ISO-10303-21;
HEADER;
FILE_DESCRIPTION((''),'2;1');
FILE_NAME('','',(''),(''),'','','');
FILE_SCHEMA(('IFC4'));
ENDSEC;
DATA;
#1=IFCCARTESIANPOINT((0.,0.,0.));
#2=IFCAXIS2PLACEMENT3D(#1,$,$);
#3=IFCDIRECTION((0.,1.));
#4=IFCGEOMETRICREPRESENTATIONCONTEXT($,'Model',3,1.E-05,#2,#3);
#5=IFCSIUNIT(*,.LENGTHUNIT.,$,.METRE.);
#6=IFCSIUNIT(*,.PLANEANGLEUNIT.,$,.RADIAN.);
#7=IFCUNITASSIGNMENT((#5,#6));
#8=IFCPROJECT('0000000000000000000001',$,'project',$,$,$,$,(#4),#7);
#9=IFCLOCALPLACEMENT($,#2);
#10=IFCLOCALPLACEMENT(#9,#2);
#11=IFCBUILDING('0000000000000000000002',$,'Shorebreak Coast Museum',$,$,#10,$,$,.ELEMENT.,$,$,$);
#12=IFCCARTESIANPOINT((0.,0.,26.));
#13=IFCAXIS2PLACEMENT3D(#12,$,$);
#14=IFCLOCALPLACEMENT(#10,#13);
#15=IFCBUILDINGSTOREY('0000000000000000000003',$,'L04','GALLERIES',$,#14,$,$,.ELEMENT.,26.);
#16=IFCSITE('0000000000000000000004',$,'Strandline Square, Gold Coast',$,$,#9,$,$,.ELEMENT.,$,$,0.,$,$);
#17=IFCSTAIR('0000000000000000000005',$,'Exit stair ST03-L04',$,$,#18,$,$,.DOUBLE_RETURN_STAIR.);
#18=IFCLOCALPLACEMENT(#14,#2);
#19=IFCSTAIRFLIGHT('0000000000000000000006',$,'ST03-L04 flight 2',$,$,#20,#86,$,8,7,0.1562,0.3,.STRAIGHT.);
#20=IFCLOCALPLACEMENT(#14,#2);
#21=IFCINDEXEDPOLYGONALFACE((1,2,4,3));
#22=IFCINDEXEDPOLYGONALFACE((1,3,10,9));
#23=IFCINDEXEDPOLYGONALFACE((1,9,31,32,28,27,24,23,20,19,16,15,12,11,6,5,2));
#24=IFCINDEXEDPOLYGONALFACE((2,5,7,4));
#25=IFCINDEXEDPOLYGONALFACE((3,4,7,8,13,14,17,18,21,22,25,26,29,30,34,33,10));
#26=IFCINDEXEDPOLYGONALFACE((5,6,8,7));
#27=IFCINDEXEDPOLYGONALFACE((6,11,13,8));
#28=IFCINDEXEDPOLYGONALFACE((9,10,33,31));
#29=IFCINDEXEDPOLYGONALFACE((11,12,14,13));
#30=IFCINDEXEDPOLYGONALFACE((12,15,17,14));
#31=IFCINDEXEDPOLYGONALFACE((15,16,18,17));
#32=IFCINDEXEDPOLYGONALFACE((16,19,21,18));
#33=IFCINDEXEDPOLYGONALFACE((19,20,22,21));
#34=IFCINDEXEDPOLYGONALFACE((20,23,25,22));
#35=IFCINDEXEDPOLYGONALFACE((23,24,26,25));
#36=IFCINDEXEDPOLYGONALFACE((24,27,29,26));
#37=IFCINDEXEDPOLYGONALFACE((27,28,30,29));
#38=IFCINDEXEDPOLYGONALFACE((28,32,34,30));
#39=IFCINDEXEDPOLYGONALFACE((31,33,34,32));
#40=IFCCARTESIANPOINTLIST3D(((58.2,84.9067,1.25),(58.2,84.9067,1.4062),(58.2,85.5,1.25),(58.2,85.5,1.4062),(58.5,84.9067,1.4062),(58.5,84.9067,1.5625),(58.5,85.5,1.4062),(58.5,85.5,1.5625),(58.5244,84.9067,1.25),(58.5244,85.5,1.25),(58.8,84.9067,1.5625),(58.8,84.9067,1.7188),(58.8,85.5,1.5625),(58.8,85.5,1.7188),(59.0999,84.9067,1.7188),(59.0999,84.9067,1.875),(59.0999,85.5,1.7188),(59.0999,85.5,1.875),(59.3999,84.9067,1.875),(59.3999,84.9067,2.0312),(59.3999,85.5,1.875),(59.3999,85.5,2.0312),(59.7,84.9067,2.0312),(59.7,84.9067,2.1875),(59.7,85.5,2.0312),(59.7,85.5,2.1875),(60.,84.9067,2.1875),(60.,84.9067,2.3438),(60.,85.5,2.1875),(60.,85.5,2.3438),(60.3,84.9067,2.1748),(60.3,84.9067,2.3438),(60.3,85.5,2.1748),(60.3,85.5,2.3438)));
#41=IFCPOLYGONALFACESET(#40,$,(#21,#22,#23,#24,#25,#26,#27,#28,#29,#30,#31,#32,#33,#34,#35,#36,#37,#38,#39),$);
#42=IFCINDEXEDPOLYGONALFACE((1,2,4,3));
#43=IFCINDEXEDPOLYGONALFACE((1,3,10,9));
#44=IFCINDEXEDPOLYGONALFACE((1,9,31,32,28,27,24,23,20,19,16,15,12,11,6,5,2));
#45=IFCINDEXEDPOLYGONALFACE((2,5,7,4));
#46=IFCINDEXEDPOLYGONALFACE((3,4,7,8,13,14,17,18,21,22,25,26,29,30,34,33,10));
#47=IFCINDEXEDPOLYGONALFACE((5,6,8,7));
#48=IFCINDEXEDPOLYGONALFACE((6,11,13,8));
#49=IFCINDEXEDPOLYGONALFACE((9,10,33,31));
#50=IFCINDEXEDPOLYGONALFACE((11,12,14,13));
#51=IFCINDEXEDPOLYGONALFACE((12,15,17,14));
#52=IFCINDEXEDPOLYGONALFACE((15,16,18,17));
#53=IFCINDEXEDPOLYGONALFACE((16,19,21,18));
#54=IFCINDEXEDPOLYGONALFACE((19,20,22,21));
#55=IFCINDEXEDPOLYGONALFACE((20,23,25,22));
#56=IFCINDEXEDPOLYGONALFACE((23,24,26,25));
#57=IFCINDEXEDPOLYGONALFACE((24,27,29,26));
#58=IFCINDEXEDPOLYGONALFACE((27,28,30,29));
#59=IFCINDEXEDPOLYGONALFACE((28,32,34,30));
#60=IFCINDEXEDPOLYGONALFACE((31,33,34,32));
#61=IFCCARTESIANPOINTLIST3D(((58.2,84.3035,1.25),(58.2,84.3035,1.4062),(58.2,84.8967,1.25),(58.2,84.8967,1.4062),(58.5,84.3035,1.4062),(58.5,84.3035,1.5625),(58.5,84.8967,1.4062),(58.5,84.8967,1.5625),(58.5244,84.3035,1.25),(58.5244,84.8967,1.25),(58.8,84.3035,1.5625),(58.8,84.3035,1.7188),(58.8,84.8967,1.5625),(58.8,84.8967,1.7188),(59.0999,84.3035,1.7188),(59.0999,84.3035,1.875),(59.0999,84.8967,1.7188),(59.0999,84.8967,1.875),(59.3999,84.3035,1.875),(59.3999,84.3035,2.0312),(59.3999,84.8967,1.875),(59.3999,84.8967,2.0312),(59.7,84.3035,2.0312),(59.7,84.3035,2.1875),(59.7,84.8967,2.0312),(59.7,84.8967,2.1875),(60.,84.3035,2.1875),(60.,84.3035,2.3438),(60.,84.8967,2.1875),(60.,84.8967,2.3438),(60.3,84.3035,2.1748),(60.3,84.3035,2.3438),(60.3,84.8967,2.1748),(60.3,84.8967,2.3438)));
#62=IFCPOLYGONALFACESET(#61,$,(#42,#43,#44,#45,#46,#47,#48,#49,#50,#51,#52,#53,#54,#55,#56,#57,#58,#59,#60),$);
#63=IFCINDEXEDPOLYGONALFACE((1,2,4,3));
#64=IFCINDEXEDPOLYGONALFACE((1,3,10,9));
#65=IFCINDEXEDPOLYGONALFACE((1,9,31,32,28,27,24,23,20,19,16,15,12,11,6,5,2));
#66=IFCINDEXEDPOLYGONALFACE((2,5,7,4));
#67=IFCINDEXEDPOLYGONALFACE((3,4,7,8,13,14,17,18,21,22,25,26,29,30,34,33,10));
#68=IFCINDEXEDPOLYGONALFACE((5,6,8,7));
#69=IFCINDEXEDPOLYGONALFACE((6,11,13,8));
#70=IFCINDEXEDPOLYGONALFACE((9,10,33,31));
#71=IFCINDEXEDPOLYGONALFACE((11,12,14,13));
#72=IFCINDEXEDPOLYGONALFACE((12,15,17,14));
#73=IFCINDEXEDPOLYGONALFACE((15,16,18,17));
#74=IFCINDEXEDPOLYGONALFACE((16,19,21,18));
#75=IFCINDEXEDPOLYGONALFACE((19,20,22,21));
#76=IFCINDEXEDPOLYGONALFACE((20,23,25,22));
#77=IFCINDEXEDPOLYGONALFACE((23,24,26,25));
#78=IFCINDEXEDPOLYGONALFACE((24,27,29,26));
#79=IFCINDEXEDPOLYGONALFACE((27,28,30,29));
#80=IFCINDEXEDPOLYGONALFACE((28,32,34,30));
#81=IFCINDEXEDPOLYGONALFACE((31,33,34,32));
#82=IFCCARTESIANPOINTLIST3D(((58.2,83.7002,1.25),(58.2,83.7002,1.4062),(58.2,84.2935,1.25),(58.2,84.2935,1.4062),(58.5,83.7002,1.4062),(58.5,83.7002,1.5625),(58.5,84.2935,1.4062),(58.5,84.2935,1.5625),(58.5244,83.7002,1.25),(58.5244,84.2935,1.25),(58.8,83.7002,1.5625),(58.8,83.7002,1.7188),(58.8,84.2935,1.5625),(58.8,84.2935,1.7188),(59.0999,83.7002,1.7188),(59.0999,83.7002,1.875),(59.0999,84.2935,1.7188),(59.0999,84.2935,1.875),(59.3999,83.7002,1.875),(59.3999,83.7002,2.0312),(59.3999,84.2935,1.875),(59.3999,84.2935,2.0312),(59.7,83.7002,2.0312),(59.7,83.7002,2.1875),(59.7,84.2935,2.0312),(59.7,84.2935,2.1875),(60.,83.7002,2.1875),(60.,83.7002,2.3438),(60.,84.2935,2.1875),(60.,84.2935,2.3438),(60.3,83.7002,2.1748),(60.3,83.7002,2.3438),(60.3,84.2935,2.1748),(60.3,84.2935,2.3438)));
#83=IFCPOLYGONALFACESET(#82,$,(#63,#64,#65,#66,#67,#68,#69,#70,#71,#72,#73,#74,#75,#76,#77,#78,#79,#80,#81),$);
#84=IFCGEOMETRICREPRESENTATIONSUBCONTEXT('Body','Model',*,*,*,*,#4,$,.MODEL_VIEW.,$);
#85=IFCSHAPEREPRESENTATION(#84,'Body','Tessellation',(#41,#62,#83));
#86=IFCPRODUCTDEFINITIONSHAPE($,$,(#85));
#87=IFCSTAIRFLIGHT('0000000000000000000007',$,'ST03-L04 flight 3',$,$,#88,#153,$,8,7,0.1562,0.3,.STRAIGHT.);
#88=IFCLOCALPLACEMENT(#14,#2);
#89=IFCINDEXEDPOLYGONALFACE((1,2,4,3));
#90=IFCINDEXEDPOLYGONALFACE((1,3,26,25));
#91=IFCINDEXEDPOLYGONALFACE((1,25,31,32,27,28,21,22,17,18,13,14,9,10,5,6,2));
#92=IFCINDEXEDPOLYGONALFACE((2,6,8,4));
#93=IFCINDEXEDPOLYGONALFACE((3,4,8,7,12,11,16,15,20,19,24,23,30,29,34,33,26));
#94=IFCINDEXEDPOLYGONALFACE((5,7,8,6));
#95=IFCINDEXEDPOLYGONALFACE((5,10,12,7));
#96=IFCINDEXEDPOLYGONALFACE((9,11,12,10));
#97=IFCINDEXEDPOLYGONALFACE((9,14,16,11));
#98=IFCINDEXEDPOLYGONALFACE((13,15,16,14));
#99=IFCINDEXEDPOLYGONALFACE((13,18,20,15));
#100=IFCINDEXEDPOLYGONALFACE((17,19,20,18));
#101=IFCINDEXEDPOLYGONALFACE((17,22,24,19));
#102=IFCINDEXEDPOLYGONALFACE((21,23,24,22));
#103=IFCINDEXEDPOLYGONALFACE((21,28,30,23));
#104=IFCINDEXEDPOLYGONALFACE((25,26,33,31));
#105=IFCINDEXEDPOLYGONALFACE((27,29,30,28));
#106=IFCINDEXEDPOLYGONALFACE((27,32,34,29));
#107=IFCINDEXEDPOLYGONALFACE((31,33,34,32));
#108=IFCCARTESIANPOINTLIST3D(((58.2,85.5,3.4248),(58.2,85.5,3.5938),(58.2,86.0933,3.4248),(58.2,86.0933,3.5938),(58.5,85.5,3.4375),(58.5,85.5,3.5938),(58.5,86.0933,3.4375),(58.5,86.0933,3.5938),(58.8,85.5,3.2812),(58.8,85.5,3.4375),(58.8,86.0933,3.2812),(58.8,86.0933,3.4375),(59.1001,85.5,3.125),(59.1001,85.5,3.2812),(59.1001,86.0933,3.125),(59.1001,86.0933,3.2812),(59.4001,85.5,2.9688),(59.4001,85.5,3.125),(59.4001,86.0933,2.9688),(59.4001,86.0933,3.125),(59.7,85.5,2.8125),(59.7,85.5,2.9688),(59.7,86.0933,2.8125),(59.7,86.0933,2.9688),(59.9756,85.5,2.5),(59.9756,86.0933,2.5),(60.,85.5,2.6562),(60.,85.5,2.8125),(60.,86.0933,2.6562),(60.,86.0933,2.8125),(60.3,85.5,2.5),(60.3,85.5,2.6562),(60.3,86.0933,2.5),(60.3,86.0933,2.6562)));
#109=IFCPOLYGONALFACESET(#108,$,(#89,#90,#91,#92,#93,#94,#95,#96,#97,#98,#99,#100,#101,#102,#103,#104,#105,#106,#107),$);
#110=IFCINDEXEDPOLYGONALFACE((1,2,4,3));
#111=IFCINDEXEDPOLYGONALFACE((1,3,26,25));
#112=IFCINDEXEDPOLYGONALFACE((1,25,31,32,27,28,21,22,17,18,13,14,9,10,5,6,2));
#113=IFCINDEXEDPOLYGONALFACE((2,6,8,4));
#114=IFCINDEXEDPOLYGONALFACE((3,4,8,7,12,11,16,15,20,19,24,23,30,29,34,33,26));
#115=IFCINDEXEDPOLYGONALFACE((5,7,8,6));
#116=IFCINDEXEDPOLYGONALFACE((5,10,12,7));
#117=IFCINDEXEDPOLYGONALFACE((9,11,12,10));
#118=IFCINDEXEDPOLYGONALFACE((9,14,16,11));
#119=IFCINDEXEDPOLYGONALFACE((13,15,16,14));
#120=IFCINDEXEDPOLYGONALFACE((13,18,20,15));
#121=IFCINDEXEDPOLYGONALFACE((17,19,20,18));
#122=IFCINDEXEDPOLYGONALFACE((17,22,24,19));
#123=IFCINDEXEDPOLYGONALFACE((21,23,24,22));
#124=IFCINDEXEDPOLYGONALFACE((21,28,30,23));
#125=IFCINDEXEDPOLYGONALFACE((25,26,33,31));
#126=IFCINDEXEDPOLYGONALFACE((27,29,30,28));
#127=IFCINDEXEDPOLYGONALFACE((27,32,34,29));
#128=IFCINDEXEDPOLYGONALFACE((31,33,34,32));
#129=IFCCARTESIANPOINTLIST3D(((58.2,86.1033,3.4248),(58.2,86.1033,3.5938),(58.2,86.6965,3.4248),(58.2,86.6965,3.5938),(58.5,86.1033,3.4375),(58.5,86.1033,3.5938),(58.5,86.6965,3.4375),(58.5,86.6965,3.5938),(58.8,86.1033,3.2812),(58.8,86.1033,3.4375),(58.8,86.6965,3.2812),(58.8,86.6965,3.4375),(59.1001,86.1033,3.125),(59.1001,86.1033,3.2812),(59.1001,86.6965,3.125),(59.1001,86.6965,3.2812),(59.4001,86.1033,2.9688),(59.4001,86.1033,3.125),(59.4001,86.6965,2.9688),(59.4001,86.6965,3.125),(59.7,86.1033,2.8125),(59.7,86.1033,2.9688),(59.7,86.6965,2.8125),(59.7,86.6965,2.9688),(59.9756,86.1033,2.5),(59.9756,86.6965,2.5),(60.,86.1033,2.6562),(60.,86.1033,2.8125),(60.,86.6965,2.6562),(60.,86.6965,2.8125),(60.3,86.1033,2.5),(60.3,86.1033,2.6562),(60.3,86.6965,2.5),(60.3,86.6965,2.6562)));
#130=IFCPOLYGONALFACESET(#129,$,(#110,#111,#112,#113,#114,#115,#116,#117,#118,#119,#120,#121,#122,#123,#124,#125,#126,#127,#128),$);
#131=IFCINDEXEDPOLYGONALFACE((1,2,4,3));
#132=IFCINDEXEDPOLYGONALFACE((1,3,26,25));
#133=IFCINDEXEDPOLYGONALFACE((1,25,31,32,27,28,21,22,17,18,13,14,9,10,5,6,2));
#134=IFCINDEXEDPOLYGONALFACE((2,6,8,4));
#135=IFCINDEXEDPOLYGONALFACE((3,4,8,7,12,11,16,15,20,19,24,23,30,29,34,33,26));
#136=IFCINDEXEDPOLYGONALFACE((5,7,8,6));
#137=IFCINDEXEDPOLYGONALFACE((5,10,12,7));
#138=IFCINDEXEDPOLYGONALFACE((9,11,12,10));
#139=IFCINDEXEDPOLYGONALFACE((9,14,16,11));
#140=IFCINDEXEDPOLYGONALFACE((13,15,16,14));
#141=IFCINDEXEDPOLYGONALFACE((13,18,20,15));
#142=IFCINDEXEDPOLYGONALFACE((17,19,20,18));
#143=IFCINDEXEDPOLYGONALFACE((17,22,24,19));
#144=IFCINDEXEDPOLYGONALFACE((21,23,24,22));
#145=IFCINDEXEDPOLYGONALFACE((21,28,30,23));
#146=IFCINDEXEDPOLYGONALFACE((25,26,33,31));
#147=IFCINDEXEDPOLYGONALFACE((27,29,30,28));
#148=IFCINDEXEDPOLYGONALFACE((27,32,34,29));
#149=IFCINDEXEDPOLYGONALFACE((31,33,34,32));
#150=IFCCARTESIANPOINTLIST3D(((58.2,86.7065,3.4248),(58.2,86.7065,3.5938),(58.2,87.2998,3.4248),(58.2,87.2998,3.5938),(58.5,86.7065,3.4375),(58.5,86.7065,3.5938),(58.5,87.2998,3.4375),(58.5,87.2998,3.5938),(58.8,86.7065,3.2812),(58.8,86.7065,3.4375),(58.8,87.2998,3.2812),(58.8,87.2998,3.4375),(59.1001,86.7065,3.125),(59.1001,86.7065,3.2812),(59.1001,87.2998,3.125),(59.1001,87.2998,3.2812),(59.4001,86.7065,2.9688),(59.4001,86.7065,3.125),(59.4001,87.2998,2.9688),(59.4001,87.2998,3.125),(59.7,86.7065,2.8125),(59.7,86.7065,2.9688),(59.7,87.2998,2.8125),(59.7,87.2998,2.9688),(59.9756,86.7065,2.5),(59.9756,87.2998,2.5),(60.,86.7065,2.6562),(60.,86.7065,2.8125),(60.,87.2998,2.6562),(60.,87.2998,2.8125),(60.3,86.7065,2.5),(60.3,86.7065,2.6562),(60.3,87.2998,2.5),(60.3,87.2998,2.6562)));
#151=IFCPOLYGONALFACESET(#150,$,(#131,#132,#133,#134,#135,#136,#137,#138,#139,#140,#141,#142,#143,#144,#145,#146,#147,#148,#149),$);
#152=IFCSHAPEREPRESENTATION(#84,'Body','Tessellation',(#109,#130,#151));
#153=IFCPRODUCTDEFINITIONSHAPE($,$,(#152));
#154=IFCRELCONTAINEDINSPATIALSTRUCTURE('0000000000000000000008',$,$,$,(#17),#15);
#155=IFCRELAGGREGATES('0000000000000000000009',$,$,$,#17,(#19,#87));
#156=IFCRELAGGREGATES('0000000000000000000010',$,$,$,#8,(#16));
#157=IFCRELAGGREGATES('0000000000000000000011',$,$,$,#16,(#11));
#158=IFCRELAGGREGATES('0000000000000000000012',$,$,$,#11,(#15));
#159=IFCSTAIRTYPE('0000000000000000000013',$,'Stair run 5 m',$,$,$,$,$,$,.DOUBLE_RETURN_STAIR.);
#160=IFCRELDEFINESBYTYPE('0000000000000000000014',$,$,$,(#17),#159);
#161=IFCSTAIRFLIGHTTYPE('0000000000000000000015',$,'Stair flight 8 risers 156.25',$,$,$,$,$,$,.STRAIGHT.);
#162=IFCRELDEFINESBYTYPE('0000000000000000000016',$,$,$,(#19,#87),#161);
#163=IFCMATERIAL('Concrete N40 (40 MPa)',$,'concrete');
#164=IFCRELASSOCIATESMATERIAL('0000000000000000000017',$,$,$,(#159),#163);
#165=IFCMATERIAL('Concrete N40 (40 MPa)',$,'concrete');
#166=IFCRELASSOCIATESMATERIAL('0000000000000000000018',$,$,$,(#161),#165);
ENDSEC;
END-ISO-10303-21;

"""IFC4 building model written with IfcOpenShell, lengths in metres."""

from ifc_helpers import new_model, si_unit, direction, frame, origin, place, context, subcontext, project, spatial, polyline, outline, extrude, material, type_object, element, aggregate, save


model = new_model("IFC4")

# Units and contexts
model_context = context("Model", 3, precision=1e-05, world=origin(), true_north=direction((0.0, 1.0)))
body_context = subcontext(model_context, "Body", "Model", "MODEL_VIEW")
ifc_project = project(units=[si_unit("LENGTHUNIT", "METRE"), si_unit("PLANEANGLEUNIT", "RADIAN")], contexts=[model_context])

# Site, building, storey
site_placement = place(None, origin())
site = spatial("IfcSite", under=ifc_project, at=site_placement, Name="Strandline Square, Gold Coast", CompositionType="ELEMENT", RefElevation=0.0)
building_placement = place(site_placement, origin())
building = spatial("IfcBuilding", under=site, at=building_placement, Name="Shorebreak Coast Museum", CompositionType="ELEMENT")
storey_placement = place(building_placement, frame((0.0, 0.0, 26.0)))
storey = spatial("IfcBuildingStorey", under=building, at=storey_placement, Name="L04", Description="GALLERIES", CompositionType="ELEMENT", Elevation=26.0)

# Stair, stair flights
ifc_material_1 = material(Name="Concrete N40 (40 MPa)", Category="concrete")
stair_type = type_object("IfcStairType", Name="Stair run 5 m", PredefinedType="DOUBLE_RETURN_STAIR", material=ifc_material_1)
stair_placement = place(storey_placement, origin())
stair = element("IfcStair", 1, at=stair_placement, inside=storey, type_object=stair_type, Name="Exit stair ST03-L04", PredefinedType="DOUBLE_RETURN_STAIR")
ifc_material_2 = material(Name="Concrete N40 (40 MPa)", Category="concrete")
stair_flight_type = type_object("IfcStairFlightType", Name="Stair flight 8 risers 156.25", PredefinedType="STRAIGHT", material=ifc_material_2)
stair_flight_1_placement = place(storey_placement, frame((58.2, 84.6001, 1.25), z_axis=(0.0, 0.0, 1.0), x_axis=(1.0, 0.0, 0.0)))
stair_flight_1 = element("IfcStairFlight", 2, at=stair_flight_1_placement, type_object=stair_flight_type, Name="ST03-L04 flight 2", NumberOfRisers=8, NumberOfTreads=7, PredefinedType="STRAIGHT", RiserHeight=0.1562, TreadLength=0.3, context=body_context, shape_type="SweptSolid", body=[
    extrude(outline(polyline([(0.0, 0.0), (0.0, 0.1562), (0.3, 0.1562), (0.3, 0.3125), (0.6001, 0.3125), (0.6001, 0.4688), (0.8999, 0.4688), (0.8999, 0.625), (1.2, 0.625), (1.2, 0.7812), (1.5, 0.7812), (1.5, 0.9375), (1.8, 0.9375), (1.8, 1.0938), (2.1001, 1.0938), (2.1001, 1.25), (2.1001, 0.9248), (0.3245, 0.0), (0.0, 0.0)])), frame((0.0, 0.8999, 0.0), z_axis=(0.0, -1.0, 0.0), x_axis=(1.0, 0.0, 0.0)), (0.0, 0.0, 1.0), 0.5933),
    extrude(outline(polyline([(0.0, 0.0), (0.0, 0.1562), (0.3, 0.1562), (0.3, 0.3125), (0.6001, 0.3125), (0.6001, 0.4688), (0.8999, 0.4688), (0.8999, 0.625), (1.2, 0.625), (1.2, 0.7812), (1.5, 0.7812), (1.5, 0.9375), (1.8, 0.9375), (1.8, 1.0938), (2.1001, 1.0938), (2.1001, 1.25), (2.1001, 0.9248), (0.3245, 0.0), (0.0, 0.0)])), frame((0.0, 0.2966, 0.0), z_axis=(0.0, -1.0, 0.0), x_axis=(1.0, 0.0, 0.0)), (0.0, 0.0, 1.0), 0.5933),
    extrude(outline(polyline([(0.0, 0.0), (0.0, 0.1562), (0.3, 0.1562), (0.3, 0.3125), (0.6001, 0.3125), (0.6001, 0.4688), (0.8999, 0.4688), (0.8999, 0.625), (1.2, 0.625), (1.2, 0.7812), (1.5, 0.7812), (1.5, 0.9375), (1.8, 0.9375), (1.8, 1.0938), (2.1001, 1.0938), (2.1001, 1.25), (2.1001, 0.9248), (0.3245, 0.0), (0.0, 0.0)])), frame((0.0, -0.3066, 0.0), z_axis=(0.0, -1.0, 0.0), x_axis=(1.0, 0.0, 0.0)), (0.0, 0.0, 1.0), 0.5933),
])
stair_flight_2_placement = place(storey_placement, frame((60.3, 86.3999, 2.5), z_axis=(0.0, 0.0, 1.0), x_axis=(-1.0, 0.0, 0.0)))
stair_flight_2 = element("IfcStairFlight", 3, at=stair_flight_2_placement, type_object=stair_flight_type, Name="ST03-L04 flight 3", NumberOfRisers=8, NumberOfTreads=7, PredefinedType="STRAIGHT", RiserHeight=0.1562, TreadLength=0.3, context=body_context, shape_type="SweptSolid", body=[
    extrude(outline(polyline([(0.0, 0.0), (0.0, 0.1562), (0.3, 0.1562), (0.3, 0.3125), (0.6001, 0.3125), (0.6001, 0.4688), (0.8999, 0.4688), (0.8999, 0.625), (1.2, 0.625), (1.2, 0.7812), (1.5, 0.7812), (1.5, 0.9375), (1.8, 0.9375), (1.8, 1.0938), (2.1001, 1.0938), (2.1001, 1.25), (2.1001, 0.9248), (0.3245, 0.0), (0.0, 0.0)])), frame((0.0, 0.8999, 0.0), z_axis=(0.0, -1.0, 0.0), x_axis=(1.0, 0.0, 0.0)), (0.0, 0.0, 1.0), 0.5933),
    extrude(outline(polyline([(0.0, 0.0), (0.0, 0.1562), (0.3, 0.1562), (0.3, 0.3125), (0.6001, 0.3125), (0.6001, 0.4688), (0.8999, 0.4688), (0.8999, 0.625), (1.2, 0.625), (1.2, 0.7812), (1.5, 0.7812), (1.5, 0.9375), (1.8, 0.9375), (1.8, 1.0938), (2.1001, 1.0938), (2.1001, 1.25), (2.1001, 0.9248), (0.3245, 0.0), (0.0, 0.0)])), frame((0.0, 0.2966, 0.0), z_axis=(0.0, -1.0, 0.0), x_axis=(1.0, 0.0, 0.0)), (0.0, 0.0, 1.0), 0.5933),
    extrude(outline(polyline([(0.0, 0.0), (0.0, 0.1562), (0.3, 0.1562), (0.3, 0.3125), (0.6001, 0.3125), (0.6001, 0.4688), (0.8999, 0.4688), (0.8999, 0.625), (1.2, 0.625), (1.2, 0.7812), (1.5, 0.7812), (1.5, 0.9375), (1.8, 0.9375), (1.8, 1.0938), (2.1001, 1.0938), (2.1001, 1.25), (2.1001, 0.9248), (0.3245, 0.0), (0.0, 0.0)])), frame((0.0, -0.3066, 0.0), z_axis=(0.0, -1.0, 0.0), x_axis=(1.0, 0.0, 0.0)), (0.0, 0.0, 1.0), 0.5933),
])
aggregate(stair, [stair_flight_1, stair_flight_2])

save(model, "model.ifc")
